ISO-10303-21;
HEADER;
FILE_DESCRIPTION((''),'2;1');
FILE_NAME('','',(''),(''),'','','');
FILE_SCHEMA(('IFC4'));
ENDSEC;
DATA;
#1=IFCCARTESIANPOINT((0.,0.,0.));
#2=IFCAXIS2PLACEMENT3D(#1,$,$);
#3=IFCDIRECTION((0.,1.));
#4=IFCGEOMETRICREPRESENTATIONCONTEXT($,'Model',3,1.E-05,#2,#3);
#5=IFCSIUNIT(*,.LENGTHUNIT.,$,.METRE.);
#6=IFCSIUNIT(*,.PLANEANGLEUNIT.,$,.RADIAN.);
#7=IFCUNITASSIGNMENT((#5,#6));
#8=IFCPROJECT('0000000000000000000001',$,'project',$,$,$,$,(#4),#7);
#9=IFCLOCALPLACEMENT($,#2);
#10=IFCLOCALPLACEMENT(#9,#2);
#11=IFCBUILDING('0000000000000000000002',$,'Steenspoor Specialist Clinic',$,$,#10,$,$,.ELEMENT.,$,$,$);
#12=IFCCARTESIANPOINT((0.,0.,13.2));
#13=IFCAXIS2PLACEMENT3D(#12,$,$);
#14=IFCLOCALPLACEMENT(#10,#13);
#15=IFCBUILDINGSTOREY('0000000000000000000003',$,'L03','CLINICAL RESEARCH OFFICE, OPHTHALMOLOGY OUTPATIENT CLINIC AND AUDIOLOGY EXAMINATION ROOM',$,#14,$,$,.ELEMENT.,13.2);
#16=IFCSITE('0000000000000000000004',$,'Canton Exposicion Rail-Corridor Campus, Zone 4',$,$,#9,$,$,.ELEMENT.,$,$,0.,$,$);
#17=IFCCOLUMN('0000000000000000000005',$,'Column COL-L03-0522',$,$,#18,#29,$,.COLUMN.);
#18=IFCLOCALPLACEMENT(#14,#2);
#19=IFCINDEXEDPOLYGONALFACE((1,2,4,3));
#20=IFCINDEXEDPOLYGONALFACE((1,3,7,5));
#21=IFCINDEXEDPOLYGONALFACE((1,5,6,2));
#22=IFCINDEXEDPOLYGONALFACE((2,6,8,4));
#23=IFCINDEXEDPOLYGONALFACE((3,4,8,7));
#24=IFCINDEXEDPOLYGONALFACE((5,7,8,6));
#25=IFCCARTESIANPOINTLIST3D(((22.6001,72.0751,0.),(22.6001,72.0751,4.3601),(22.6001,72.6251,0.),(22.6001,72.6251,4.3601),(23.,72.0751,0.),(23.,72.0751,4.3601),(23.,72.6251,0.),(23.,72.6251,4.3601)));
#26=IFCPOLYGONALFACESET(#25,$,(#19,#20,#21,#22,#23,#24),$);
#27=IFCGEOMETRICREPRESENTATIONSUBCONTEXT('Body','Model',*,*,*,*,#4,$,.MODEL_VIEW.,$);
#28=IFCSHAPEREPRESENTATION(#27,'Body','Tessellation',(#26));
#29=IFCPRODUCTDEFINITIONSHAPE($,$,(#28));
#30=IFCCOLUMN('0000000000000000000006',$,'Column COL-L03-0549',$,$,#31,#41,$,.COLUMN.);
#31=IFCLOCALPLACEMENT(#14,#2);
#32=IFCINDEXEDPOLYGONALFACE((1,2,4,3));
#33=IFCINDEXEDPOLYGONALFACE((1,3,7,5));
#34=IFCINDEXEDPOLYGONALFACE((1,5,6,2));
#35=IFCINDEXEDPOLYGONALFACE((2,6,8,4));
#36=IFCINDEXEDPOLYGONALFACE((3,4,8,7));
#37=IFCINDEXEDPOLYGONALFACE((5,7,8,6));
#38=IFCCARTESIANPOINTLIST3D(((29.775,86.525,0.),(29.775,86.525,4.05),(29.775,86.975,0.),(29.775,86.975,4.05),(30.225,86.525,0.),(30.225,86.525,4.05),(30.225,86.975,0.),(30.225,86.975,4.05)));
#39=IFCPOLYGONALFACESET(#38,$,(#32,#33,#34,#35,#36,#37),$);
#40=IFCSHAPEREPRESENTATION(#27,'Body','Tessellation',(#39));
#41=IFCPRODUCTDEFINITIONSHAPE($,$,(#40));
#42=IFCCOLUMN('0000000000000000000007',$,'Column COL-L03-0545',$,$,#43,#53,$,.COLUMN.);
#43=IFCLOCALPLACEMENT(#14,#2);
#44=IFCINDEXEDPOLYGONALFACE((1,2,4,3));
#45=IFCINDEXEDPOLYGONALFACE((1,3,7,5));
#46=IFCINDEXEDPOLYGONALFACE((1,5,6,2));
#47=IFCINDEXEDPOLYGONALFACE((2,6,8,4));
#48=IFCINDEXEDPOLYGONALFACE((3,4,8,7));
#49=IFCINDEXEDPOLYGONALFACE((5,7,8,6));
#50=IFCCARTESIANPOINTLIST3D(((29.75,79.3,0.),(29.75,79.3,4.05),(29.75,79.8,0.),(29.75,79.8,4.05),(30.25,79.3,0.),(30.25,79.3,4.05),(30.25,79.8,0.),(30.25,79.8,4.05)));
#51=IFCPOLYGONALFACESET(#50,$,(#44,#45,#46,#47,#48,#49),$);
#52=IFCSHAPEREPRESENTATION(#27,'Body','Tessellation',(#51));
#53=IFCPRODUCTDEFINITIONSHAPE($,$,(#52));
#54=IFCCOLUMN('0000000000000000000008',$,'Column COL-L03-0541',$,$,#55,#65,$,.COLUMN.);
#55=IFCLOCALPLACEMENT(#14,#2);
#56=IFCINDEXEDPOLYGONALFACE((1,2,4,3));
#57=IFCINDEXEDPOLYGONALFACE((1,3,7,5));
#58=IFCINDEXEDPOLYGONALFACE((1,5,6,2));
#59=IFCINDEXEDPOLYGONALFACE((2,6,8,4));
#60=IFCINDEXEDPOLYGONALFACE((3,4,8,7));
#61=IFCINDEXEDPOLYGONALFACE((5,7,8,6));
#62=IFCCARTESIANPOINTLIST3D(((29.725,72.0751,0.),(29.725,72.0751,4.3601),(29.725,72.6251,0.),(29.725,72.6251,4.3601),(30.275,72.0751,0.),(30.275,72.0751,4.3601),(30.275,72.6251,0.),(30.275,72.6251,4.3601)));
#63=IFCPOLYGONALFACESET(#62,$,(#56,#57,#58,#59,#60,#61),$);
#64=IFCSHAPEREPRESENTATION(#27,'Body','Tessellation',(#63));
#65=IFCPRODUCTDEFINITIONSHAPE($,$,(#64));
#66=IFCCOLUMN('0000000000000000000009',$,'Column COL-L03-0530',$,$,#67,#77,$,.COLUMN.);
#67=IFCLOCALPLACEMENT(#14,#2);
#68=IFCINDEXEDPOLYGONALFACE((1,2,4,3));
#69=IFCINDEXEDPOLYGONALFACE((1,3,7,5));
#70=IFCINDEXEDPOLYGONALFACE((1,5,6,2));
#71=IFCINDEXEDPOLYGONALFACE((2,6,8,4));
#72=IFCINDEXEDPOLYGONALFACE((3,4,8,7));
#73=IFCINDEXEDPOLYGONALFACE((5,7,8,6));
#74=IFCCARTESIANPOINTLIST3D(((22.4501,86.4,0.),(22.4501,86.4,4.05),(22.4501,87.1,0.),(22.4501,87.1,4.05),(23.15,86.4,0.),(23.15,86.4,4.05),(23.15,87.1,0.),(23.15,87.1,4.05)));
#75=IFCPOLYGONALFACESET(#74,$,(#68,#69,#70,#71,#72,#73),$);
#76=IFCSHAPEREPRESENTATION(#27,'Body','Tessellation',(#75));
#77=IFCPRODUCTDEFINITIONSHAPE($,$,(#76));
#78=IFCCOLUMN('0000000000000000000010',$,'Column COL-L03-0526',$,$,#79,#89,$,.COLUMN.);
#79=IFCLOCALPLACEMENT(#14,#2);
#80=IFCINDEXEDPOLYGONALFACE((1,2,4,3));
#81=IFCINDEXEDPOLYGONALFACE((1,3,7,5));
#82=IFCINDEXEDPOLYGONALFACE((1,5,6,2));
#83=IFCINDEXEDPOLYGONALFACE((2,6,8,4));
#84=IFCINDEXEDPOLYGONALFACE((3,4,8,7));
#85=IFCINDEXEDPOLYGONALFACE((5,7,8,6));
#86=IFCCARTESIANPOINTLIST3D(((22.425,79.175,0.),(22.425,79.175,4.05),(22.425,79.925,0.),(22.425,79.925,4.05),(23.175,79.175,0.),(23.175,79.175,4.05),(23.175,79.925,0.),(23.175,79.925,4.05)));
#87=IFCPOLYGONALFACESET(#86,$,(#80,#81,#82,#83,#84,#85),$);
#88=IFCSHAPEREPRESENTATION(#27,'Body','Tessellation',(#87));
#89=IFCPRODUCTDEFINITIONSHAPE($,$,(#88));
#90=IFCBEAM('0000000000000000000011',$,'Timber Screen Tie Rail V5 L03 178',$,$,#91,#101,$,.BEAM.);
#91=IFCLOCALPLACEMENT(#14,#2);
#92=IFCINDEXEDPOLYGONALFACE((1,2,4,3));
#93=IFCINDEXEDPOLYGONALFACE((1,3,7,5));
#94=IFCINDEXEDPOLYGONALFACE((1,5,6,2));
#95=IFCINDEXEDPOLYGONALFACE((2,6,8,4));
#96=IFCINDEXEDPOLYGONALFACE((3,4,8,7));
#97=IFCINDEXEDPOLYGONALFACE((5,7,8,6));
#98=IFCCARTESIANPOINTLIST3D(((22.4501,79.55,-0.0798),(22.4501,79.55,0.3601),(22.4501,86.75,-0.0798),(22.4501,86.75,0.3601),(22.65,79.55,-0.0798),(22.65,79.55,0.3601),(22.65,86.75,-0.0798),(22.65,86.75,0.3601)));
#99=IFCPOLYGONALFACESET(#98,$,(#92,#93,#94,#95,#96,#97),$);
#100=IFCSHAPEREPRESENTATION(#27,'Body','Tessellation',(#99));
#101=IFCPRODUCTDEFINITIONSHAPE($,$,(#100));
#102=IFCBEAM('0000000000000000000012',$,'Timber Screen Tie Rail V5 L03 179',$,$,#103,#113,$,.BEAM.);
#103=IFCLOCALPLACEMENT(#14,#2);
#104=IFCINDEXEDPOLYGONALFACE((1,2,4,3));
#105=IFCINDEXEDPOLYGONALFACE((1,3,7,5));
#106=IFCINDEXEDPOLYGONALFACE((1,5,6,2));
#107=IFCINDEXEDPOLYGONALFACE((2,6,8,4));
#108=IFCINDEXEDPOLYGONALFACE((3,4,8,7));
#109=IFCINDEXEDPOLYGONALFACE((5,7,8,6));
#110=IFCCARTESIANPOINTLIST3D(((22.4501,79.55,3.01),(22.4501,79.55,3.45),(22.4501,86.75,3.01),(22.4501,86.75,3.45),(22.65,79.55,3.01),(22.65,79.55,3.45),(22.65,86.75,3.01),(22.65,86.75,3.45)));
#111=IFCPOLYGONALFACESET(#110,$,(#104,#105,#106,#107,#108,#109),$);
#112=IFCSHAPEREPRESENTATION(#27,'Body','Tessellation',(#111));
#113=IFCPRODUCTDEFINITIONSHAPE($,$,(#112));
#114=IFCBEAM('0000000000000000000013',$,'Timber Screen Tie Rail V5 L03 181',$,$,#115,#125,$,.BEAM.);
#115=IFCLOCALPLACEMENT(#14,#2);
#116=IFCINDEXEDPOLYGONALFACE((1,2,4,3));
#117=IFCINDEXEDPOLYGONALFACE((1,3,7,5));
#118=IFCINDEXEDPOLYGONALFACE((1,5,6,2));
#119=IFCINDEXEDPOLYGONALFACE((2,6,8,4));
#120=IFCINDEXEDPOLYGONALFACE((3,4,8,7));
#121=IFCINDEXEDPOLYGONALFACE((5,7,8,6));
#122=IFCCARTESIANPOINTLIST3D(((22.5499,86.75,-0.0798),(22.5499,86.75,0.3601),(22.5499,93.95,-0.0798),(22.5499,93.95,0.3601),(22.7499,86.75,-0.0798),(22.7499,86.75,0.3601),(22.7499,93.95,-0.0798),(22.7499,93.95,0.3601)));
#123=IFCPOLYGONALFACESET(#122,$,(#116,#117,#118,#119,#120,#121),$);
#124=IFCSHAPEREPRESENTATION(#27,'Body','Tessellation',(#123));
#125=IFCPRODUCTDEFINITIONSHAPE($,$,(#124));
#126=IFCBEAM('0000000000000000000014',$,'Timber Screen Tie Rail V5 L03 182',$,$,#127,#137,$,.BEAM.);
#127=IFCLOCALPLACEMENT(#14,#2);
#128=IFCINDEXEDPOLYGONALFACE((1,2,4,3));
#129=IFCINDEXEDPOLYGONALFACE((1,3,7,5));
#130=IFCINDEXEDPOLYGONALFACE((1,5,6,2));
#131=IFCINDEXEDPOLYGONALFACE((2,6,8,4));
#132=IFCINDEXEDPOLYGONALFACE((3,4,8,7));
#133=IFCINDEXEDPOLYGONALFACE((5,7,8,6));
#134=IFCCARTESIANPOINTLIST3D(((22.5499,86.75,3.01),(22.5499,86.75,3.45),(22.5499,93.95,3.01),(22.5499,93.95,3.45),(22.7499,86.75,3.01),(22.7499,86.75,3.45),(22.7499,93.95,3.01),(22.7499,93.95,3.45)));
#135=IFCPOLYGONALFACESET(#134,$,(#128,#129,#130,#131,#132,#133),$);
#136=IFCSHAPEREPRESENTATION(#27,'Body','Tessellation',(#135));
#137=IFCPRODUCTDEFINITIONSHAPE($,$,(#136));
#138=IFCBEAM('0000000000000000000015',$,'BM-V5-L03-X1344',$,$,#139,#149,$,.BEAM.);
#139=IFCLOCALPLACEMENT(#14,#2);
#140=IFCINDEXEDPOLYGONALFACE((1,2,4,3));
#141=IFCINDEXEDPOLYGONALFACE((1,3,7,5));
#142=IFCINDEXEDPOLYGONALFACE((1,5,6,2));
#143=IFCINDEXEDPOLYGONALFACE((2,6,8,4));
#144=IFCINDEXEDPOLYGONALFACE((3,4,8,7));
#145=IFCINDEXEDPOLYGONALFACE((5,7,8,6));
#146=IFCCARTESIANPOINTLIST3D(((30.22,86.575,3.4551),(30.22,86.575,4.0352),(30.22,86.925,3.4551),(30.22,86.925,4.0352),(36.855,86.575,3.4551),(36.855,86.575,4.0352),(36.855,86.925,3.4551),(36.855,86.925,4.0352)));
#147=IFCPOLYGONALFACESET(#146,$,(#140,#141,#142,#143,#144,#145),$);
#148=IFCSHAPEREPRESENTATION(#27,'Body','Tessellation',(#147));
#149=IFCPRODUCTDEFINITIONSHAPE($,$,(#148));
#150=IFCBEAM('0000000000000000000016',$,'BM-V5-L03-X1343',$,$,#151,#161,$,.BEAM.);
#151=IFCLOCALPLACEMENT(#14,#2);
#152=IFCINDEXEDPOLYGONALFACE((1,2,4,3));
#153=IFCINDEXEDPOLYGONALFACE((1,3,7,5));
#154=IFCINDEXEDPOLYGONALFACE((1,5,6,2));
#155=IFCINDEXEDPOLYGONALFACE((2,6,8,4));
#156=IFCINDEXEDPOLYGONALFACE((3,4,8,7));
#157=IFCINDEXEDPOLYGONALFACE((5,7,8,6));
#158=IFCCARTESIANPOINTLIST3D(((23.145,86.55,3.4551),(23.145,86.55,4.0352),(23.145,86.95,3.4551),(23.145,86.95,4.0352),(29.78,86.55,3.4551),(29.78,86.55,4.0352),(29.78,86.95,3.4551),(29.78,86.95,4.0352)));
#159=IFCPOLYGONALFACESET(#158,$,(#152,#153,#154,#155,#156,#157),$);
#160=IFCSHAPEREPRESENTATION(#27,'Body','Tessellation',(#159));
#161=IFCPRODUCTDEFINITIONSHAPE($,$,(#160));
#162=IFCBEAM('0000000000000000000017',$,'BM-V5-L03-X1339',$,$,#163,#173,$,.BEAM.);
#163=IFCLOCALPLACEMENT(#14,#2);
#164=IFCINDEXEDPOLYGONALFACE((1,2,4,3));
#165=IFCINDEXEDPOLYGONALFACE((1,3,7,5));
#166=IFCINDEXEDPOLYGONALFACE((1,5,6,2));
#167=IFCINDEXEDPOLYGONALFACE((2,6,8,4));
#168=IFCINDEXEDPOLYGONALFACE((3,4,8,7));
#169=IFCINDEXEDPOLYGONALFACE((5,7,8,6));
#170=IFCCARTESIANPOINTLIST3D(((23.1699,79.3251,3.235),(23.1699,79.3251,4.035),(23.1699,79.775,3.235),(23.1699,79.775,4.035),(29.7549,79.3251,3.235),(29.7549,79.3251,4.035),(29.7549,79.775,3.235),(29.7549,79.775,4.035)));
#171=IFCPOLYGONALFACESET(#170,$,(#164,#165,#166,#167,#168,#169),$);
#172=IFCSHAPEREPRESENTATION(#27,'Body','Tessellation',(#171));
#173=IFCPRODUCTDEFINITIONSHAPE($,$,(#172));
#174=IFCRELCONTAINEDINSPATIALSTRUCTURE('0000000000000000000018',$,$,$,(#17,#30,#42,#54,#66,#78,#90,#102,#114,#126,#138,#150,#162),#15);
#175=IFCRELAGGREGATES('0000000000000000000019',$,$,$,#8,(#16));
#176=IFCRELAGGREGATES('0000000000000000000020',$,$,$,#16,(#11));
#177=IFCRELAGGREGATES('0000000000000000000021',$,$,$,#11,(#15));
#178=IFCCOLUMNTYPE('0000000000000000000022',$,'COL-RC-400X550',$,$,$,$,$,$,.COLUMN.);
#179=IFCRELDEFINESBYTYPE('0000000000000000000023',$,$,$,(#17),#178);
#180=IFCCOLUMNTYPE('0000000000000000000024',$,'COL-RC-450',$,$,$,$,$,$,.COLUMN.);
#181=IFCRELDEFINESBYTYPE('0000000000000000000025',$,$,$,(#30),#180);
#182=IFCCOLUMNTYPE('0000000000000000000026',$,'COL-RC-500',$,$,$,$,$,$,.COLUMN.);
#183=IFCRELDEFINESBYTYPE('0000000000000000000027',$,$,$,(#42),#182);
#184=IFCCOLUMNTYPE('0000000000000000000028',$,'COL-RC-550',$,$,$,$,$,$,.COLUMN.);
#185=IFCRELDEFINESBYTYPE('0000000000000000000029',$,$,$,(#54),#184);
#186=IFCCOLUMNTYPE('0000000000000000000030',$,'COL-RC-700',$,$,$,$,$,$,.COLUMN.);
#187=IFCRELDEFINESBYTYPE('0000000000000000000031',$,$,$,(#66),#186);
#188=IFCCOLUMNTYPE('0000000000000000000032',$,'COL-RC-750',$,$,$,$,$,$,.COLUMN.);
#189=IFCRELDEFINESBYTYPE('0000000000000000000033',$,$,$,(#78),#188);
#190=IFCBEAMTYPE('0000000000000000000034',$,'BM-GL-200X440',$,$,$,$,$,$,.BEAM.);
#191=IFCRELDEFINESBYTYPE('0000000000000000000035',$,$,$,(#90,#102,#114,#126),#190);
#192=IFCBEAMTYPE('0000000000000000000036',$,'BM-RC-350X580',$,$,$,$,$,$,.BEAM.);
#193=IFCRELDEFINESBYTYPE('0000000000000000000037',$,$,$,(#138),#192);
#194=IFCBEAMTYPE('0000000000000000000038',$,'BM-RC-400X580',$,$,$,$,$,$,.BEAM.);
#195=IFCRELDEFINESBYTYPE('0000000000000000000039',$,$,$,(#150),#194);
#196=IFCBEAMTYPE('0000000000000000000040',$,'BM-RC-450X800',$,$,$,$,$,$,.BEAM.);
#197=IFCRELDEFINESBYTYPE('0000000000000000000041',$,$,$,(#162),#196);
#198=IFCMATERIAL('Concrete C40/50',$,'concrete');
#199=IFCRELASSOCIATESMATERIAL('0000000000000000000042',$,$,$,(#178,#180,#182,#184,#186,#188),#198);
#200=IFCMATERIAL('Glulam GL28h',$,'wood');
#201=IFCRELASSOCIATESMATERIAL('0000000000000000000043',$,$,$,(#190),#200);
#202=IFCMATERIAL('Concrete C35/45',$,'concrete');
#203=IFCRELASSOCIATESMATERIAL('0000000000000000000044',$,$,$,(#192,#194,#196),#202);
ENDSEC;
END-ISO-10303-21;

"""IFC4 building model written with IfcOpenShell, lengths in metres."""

from ifc_helpers import new_model, si_unit, direction, frame, origin, origin_2d, place, context, subcontext, project, spatial, rectangle, extrude, material, material_profile, profile_set, type_object, element, save


model = new_model("IFC4")

# Units and contexts
model_context = context("Model", 3, precision=1e-05, world=origin(), true_north=direction((0.0, 1.0)))
body_context = subcontext(model_context, "Body", "Model", "MODEL_VIEW")
ifc_project = project(units=[si_unit("LENGTHUNIT", "METRE"), si_unit("PLANEANGLEUNIT", "RADIAN")], contexts=[model_context])

# Site, building, storey
site_placement = place(None, origin())
site = spatial("IfcSite", under=ifc_project, at=site_placement, Name="Canton Exposicion Rail-Corridor Campus, Zone 4", CompositionType="ELEMENT", RefElevation=0.0)
building_placement = place(site_placement, origin())
building = spatial("IfcBuilding", under=site, at=building_placement, Name="Steenspoor Specialist Clinic", CompositionType="ELEMENT")
storey_placement = place(building_placement, frame((0.0, 0.0, 13.2)))
storey = spatial("IfcBuildingStorey", under=building, at=storey_placement, Name="L03", Description="CLINICAL RESEARCH OFFICE, OPHTHALMOLOGY OUTPATIENT CLINIC AND AUDIOLOGY EXAMINATION ROOM", CompositionType="ELEMENT", Elevation=13.2)

# Columns
ifc_material_1 = material(Name="Concrete C40/50", Category="concrete")
ifc_material_profile_1 = material_profile(ifc_material_1, rectangle(XDim=0.3999, YDim=0.55, at=origin_2d()), Name="RC-COL-400X550")
ifc_profile_set_1 = profile_set([ifc_material_profile_1], Name="Concrete C40/50")
column_type_1 = type_object("IfcColumnType", Name="COL-RC-400X550", PredefinedType="COLUMN", material=ifc_profile_set_1)
column_1_placement = place(storey_placement, frame((22.8, 72.3501, 0.0), z_axis=(0.0, 0.0, 1.0), x_axis=(1.0, 0.0, 0.0)))
element("IfcColumn", 1, at=column_1_placement, inside=storey, type_object=column_type_1, Name="Column COL-L03-0522", PredefinedType="COLUMN", context=body_context, shape_type="SweptSolid", body=[
    extrude(rectangle(XDim=0.3999, YDim=0.55, at=origin_2d()), origin(), (0.0, 0.0, 1.0), 4.3601),
])
ifc_material_profile_2 = material_profile(ifc_material_1, rectangle(XDim=0.45, YDim=0.45, at=origin_2d()), Name="RC-COL-450X450")
ifc_profile_set_2 = profile_set([ifc_material_profile_2], Name="Concrete C40/50")
column_type_2 = type_object("IfcColumnType", Name="COL-RC-450", PredefinedType="COLUMN", material=ifc_profile_set_2)
column_2_placement = place(storey_placement, frame((30.0, 86.75, 0.0), z_axis=(0.0, 0.0, 1.0), x_axis=(1.0, 0.0, 0.0)))
element("IfcColumn", 2, at=column_2_placement, inside=storey, type_object=column_type_2, Name="Column COL-L03-0549", PredefinedType="COLUMN", context=body_context, shape_type="SweptSolid", body=[
    extrude(rectangle(XDim=0.45, YDim=0.45, at=origin_2d()), origin(), (0.0, 0.0, 1.0), 4.05),
])
ifc_material_profile_3 = material_profile(ifc_material_1, rectangle(XDim=0.5, YDim=0.5, at=origin_2d()), Name="RC-COL-500X500")
ifc_profile_set_3 = profile_set([ifc_material_profile_3], Name="Concrete C40/50")
column_type_3 = type_object("IfcColumnType", Name="COL-RC-500", PredefinedType="COLUMN", material=ifc_profile_set_3)
column_3_placement = place(storey_placement, frame((30.0, 79.55, 0.0), z_axis=(0.0, 0.0, 1.0), x_axis=(1.0, 0.0, 0.0)))
element("IfcColumn", 3, at=column_3_placement, inside=storey, type_object=column_type_3, Name="Column COL-L03-0545", PredefinedType="COLUMN", context=body_context, shape_type="SweptSolid", body=[
    extrude(rectangle(XDim=0.5, YDim=0.5, at=origin_2d()), origin(), (0.0, 0.0, 1.0), 4.05),
])
ifc_material_profile_4 = material_profile(ifc_material_1, rectangle(XDim=0.55, YDim=0.55, at=origin_2d()), Name="RC-COL-550X550")
ifc_profile_set_4 = profile_set([ifc_material_profile_4], Name="Concrete C40/50")
column_type_4 = type_object("IfcColumnType", Name="COL-RC-550", PredefinedType="COLUMN", material=ifc_profile_set_4)
column_4_placement = place(storey_placement, frame((30.0, 72.3501, 0.0), z_axis=(0.0, 0.0, 1.0), x_axis=(1.0, 0.0, 0.0)))
element("IfcColumn", 4, at=column_4_placement, inside=storey, type_object=column_type_4, Name="Column COL-L03-0541", PredefinedType="COLUMN", context=body_context, shape_type="SweptSolid", body=[
    extrude(rectangle(XDim=0.55, YDim=0.55, at=origin_2d()), origin(), (0.0, 0.0, 1.0), 4.3601),
])
ifc_material_profile_5 = material_profile(ifc_material_1, rectangle(XDim=0.7, YDim=0.7, at=origin_2d()), Name="RC-COL-700X700")
ifc_profile_set_5 = profile_set([ifc_material_profile_5], Name="Concrete C40/50")
column_type_5 = type_object("IfcColumnType", Name="COL-RC-700", PredefinedType="COLUMN", material=ifc_profile_set_5)
column_5_placement = place(storey_placement, frame((22.8, 86.75, 0.0), z_axis=(0.0, 0.0, 1.0), x_axis=(1.0, 0.0, 0.0)))
element("IfcColumn", 5, at=column_5_placement, inside=storey, type_object=column_type_5, Name="Column COL-L03-0530", PredefinedType="COLUMN", context=body_context, shape_type="SweptSolid", body=[
    extrude(rectangle(XDim=0.7, YDim=0.7, at=origin_2d()), origin(), (0.0, 0.0, 1.0), 4.05),
])
ifc_material_profile_6 = material_profile(ifc_material_1, rectangle(XDim=0.75, YDim=0.75, at=origin_2d()), Name="RC-COL-750X750")
ifc_profile_set_6 = profile_set([ifc_material_profile_6], Name="Concrete C40/50")
column_type_6 = type_object("IfcColumnType", Name="COL-RC-750", PredefinedType="COLUMN", material=ifc_profile_set_6)
column_6_placement = place(storey_placement, frame((22.8, 79.55, 0.0), z_axis=(0.0, 0.0, 1.0), x_axis=(1.0, 0.0, 0.0)))
element("IfcColumn", 6, at=column_6_placement, inside=storey, type_object=column_type_6, Name="Column COL-L03-0526", PredefinedType="COLUMN", context=body_context, shape_type="SweptSolid", body=[
    extrude(rectangle(XDim=0.75, YDim=0.75, at=origin_2d()), origin(), (0.0, 0.0, 1.0), 4.05),
])

# Beams
ifc_material_2 = material(Name="Glulam GL28h", Category="wood")
ifc_material_profile_7 = material_profile(ifc_material_2, rectangle(XDim=0.2, YDim=0.4399, at=origin_2d()), Name="GL28H-200X440")
ifc_profile_set_7 = profile_set([ifc_material_profile_7], Name="Glulam GL28h")
beam_type_1 = type_object("IfcBeamType", Name="BM-GL-200X440", PredefinedType="BEAM", material=ifc_profile_set_7)
for number, where, z_axis, x_axis, name in (
    (7, (22.55, 79.55, 0.1401), (0.0, 1.0, 0.0), (-1.0, 0.0, 0.0), "Timber Screen Tie Rail V5 L03 178"),
    (8, (22.55, 79.55, 3.23), (0.0, 1.0, 0.0), (-1.0, 0.0, 0.0), "Timber Screen Tie Rail V5 L03 179"),
    (9, (22.6499, 86.75, 0.1401), (0.0, 1.0, 0.0), (-1.0, 0.0, 0.0), "Timber Screen Tie Rail V5 L03 181"),
    (10, (22.6499, 86.75, 3.23), (0.0, 1.0, 0.0), (-1.0, 0.0, 0.0), "Timber Screen Tie Rail V5 L03 182"),
):
    element("IfcBeam", number, at=place(storey_placement, frame(where, z_axis=z_axis, x_axis=x_axis)), inside=storey, type_object=beam_type_1, Name=name, PredefinedType="BEAM", context=body_context, shape_type="SweptSolid", body=[
        extrude(rectangle(XDim=0.2, YDim=0.4399, at=origin_2d()), origin(), (0.0, 0.0, 1.0), 7.2),
    ])
ifc_material_3 = material(Name="Concrete C35/45", Category="concrete")
ifc_material_profile_8 = material_profile(ifc_material_3, rectangle(XDim=0.3501, YDim=0.5801, at=origin_2d()), Name="RC-BM-350X580")
ifc_profile_set_8 = profile_set([ifc_material_profile_8], Name="Concrete C35/45")
beam_type_2 = type_object("IfcBeamType", Name="BM-RC-350X580", PredefinedType="BEAM", material=ifc_profile_set_8)
beam_1_placement = place(storey_placement, frame((30.22, 86.75, 3.7451), z_axis=(1.0, 0.0, 0.0), x_axis=(0.0, 1.0, 0.0)))
element("IfcBeam", 11, at=beam_1_placement, inside=storey, type_object=beam_type_2, Name="BM-V5-L03-X1344", PredefinedType="BEAM", context=body_context, shape_type="SweptSolid", body=[
    extrude(rectangle(XDim=0.3501, YDim=0.5801, at=origin_2d()), origin(), (0.0, 0.0, 1.0), 6.635),
])
ifc_material_profile_9 = material_profile(ifc_material_3, rectangle(XDim=0.3999, YDim=0.5801, at=origin_2d()), Name="RC-BM-400X580")
ifc_profile_set_9 = profile_set([ifc_material_profile_9], Name="Concrete C35/45")
beam_type_3 = type_object("IfcBeamType", Name="BM-RC-400X580", PredefinedType="BEAM", material=ifc_profile_set_9)
beam_2_placement = place(storey_placement, frame((23.145, 86.75, 3.7451), z_axis=(1.0, 0.0, 0.0), x_axis=(0.0, 1.0, 0.0)))
element("IfcBeam", 12, at=beam_2_placement, inside=storey, type_object=beam_type_3, Name="BM-V5-L03-X1343", PredefinedType="BEAM", context=body_context, shape_type="SweptSolid", body=[
    extrude(rectangle(XDim=0.3999, YDim=0.5801, at=origin_2d()), origin(), (0.0, 0.0, 1.0), 6.635),
])
ifc_material_profile_10 = material_profile(ifc_material_3, rectangle(XDim=0.45, YDim=0.8, at=origin_2d()), Name="RC-BM-450X800")
ifc_profile_set_10 = profile_set([ifc_material_profile_10], Name="Concrete C35/45")
beam_type_4 = type_object("IfcBeamType", Name="BM-RC-450X800", PredefinedType="BEAM", material=ifc_profile_set_10)
beam_3_placement = place(storey_placement, frame((23.1699, 79.55, 3.635), z_axis=(1.0, 0.0, 0.0), x_axis=(0.0, 1.0, 0.0)))
element("IfcBeam", 13, at=beam_3_placement, inside=storey, type_object=beam_type_4, Name="BM-V5-L03-X1339", PredefinedType="BEAM", context=body_context, shape_type="SweptSolid", body=[
    extrude(rectangle(XDim=0.45, YDim=0.8, at=origin_2d()), origin(), (0.0, 0.0, 1.0), 6.585),
])

save(model, "model.ifc")
